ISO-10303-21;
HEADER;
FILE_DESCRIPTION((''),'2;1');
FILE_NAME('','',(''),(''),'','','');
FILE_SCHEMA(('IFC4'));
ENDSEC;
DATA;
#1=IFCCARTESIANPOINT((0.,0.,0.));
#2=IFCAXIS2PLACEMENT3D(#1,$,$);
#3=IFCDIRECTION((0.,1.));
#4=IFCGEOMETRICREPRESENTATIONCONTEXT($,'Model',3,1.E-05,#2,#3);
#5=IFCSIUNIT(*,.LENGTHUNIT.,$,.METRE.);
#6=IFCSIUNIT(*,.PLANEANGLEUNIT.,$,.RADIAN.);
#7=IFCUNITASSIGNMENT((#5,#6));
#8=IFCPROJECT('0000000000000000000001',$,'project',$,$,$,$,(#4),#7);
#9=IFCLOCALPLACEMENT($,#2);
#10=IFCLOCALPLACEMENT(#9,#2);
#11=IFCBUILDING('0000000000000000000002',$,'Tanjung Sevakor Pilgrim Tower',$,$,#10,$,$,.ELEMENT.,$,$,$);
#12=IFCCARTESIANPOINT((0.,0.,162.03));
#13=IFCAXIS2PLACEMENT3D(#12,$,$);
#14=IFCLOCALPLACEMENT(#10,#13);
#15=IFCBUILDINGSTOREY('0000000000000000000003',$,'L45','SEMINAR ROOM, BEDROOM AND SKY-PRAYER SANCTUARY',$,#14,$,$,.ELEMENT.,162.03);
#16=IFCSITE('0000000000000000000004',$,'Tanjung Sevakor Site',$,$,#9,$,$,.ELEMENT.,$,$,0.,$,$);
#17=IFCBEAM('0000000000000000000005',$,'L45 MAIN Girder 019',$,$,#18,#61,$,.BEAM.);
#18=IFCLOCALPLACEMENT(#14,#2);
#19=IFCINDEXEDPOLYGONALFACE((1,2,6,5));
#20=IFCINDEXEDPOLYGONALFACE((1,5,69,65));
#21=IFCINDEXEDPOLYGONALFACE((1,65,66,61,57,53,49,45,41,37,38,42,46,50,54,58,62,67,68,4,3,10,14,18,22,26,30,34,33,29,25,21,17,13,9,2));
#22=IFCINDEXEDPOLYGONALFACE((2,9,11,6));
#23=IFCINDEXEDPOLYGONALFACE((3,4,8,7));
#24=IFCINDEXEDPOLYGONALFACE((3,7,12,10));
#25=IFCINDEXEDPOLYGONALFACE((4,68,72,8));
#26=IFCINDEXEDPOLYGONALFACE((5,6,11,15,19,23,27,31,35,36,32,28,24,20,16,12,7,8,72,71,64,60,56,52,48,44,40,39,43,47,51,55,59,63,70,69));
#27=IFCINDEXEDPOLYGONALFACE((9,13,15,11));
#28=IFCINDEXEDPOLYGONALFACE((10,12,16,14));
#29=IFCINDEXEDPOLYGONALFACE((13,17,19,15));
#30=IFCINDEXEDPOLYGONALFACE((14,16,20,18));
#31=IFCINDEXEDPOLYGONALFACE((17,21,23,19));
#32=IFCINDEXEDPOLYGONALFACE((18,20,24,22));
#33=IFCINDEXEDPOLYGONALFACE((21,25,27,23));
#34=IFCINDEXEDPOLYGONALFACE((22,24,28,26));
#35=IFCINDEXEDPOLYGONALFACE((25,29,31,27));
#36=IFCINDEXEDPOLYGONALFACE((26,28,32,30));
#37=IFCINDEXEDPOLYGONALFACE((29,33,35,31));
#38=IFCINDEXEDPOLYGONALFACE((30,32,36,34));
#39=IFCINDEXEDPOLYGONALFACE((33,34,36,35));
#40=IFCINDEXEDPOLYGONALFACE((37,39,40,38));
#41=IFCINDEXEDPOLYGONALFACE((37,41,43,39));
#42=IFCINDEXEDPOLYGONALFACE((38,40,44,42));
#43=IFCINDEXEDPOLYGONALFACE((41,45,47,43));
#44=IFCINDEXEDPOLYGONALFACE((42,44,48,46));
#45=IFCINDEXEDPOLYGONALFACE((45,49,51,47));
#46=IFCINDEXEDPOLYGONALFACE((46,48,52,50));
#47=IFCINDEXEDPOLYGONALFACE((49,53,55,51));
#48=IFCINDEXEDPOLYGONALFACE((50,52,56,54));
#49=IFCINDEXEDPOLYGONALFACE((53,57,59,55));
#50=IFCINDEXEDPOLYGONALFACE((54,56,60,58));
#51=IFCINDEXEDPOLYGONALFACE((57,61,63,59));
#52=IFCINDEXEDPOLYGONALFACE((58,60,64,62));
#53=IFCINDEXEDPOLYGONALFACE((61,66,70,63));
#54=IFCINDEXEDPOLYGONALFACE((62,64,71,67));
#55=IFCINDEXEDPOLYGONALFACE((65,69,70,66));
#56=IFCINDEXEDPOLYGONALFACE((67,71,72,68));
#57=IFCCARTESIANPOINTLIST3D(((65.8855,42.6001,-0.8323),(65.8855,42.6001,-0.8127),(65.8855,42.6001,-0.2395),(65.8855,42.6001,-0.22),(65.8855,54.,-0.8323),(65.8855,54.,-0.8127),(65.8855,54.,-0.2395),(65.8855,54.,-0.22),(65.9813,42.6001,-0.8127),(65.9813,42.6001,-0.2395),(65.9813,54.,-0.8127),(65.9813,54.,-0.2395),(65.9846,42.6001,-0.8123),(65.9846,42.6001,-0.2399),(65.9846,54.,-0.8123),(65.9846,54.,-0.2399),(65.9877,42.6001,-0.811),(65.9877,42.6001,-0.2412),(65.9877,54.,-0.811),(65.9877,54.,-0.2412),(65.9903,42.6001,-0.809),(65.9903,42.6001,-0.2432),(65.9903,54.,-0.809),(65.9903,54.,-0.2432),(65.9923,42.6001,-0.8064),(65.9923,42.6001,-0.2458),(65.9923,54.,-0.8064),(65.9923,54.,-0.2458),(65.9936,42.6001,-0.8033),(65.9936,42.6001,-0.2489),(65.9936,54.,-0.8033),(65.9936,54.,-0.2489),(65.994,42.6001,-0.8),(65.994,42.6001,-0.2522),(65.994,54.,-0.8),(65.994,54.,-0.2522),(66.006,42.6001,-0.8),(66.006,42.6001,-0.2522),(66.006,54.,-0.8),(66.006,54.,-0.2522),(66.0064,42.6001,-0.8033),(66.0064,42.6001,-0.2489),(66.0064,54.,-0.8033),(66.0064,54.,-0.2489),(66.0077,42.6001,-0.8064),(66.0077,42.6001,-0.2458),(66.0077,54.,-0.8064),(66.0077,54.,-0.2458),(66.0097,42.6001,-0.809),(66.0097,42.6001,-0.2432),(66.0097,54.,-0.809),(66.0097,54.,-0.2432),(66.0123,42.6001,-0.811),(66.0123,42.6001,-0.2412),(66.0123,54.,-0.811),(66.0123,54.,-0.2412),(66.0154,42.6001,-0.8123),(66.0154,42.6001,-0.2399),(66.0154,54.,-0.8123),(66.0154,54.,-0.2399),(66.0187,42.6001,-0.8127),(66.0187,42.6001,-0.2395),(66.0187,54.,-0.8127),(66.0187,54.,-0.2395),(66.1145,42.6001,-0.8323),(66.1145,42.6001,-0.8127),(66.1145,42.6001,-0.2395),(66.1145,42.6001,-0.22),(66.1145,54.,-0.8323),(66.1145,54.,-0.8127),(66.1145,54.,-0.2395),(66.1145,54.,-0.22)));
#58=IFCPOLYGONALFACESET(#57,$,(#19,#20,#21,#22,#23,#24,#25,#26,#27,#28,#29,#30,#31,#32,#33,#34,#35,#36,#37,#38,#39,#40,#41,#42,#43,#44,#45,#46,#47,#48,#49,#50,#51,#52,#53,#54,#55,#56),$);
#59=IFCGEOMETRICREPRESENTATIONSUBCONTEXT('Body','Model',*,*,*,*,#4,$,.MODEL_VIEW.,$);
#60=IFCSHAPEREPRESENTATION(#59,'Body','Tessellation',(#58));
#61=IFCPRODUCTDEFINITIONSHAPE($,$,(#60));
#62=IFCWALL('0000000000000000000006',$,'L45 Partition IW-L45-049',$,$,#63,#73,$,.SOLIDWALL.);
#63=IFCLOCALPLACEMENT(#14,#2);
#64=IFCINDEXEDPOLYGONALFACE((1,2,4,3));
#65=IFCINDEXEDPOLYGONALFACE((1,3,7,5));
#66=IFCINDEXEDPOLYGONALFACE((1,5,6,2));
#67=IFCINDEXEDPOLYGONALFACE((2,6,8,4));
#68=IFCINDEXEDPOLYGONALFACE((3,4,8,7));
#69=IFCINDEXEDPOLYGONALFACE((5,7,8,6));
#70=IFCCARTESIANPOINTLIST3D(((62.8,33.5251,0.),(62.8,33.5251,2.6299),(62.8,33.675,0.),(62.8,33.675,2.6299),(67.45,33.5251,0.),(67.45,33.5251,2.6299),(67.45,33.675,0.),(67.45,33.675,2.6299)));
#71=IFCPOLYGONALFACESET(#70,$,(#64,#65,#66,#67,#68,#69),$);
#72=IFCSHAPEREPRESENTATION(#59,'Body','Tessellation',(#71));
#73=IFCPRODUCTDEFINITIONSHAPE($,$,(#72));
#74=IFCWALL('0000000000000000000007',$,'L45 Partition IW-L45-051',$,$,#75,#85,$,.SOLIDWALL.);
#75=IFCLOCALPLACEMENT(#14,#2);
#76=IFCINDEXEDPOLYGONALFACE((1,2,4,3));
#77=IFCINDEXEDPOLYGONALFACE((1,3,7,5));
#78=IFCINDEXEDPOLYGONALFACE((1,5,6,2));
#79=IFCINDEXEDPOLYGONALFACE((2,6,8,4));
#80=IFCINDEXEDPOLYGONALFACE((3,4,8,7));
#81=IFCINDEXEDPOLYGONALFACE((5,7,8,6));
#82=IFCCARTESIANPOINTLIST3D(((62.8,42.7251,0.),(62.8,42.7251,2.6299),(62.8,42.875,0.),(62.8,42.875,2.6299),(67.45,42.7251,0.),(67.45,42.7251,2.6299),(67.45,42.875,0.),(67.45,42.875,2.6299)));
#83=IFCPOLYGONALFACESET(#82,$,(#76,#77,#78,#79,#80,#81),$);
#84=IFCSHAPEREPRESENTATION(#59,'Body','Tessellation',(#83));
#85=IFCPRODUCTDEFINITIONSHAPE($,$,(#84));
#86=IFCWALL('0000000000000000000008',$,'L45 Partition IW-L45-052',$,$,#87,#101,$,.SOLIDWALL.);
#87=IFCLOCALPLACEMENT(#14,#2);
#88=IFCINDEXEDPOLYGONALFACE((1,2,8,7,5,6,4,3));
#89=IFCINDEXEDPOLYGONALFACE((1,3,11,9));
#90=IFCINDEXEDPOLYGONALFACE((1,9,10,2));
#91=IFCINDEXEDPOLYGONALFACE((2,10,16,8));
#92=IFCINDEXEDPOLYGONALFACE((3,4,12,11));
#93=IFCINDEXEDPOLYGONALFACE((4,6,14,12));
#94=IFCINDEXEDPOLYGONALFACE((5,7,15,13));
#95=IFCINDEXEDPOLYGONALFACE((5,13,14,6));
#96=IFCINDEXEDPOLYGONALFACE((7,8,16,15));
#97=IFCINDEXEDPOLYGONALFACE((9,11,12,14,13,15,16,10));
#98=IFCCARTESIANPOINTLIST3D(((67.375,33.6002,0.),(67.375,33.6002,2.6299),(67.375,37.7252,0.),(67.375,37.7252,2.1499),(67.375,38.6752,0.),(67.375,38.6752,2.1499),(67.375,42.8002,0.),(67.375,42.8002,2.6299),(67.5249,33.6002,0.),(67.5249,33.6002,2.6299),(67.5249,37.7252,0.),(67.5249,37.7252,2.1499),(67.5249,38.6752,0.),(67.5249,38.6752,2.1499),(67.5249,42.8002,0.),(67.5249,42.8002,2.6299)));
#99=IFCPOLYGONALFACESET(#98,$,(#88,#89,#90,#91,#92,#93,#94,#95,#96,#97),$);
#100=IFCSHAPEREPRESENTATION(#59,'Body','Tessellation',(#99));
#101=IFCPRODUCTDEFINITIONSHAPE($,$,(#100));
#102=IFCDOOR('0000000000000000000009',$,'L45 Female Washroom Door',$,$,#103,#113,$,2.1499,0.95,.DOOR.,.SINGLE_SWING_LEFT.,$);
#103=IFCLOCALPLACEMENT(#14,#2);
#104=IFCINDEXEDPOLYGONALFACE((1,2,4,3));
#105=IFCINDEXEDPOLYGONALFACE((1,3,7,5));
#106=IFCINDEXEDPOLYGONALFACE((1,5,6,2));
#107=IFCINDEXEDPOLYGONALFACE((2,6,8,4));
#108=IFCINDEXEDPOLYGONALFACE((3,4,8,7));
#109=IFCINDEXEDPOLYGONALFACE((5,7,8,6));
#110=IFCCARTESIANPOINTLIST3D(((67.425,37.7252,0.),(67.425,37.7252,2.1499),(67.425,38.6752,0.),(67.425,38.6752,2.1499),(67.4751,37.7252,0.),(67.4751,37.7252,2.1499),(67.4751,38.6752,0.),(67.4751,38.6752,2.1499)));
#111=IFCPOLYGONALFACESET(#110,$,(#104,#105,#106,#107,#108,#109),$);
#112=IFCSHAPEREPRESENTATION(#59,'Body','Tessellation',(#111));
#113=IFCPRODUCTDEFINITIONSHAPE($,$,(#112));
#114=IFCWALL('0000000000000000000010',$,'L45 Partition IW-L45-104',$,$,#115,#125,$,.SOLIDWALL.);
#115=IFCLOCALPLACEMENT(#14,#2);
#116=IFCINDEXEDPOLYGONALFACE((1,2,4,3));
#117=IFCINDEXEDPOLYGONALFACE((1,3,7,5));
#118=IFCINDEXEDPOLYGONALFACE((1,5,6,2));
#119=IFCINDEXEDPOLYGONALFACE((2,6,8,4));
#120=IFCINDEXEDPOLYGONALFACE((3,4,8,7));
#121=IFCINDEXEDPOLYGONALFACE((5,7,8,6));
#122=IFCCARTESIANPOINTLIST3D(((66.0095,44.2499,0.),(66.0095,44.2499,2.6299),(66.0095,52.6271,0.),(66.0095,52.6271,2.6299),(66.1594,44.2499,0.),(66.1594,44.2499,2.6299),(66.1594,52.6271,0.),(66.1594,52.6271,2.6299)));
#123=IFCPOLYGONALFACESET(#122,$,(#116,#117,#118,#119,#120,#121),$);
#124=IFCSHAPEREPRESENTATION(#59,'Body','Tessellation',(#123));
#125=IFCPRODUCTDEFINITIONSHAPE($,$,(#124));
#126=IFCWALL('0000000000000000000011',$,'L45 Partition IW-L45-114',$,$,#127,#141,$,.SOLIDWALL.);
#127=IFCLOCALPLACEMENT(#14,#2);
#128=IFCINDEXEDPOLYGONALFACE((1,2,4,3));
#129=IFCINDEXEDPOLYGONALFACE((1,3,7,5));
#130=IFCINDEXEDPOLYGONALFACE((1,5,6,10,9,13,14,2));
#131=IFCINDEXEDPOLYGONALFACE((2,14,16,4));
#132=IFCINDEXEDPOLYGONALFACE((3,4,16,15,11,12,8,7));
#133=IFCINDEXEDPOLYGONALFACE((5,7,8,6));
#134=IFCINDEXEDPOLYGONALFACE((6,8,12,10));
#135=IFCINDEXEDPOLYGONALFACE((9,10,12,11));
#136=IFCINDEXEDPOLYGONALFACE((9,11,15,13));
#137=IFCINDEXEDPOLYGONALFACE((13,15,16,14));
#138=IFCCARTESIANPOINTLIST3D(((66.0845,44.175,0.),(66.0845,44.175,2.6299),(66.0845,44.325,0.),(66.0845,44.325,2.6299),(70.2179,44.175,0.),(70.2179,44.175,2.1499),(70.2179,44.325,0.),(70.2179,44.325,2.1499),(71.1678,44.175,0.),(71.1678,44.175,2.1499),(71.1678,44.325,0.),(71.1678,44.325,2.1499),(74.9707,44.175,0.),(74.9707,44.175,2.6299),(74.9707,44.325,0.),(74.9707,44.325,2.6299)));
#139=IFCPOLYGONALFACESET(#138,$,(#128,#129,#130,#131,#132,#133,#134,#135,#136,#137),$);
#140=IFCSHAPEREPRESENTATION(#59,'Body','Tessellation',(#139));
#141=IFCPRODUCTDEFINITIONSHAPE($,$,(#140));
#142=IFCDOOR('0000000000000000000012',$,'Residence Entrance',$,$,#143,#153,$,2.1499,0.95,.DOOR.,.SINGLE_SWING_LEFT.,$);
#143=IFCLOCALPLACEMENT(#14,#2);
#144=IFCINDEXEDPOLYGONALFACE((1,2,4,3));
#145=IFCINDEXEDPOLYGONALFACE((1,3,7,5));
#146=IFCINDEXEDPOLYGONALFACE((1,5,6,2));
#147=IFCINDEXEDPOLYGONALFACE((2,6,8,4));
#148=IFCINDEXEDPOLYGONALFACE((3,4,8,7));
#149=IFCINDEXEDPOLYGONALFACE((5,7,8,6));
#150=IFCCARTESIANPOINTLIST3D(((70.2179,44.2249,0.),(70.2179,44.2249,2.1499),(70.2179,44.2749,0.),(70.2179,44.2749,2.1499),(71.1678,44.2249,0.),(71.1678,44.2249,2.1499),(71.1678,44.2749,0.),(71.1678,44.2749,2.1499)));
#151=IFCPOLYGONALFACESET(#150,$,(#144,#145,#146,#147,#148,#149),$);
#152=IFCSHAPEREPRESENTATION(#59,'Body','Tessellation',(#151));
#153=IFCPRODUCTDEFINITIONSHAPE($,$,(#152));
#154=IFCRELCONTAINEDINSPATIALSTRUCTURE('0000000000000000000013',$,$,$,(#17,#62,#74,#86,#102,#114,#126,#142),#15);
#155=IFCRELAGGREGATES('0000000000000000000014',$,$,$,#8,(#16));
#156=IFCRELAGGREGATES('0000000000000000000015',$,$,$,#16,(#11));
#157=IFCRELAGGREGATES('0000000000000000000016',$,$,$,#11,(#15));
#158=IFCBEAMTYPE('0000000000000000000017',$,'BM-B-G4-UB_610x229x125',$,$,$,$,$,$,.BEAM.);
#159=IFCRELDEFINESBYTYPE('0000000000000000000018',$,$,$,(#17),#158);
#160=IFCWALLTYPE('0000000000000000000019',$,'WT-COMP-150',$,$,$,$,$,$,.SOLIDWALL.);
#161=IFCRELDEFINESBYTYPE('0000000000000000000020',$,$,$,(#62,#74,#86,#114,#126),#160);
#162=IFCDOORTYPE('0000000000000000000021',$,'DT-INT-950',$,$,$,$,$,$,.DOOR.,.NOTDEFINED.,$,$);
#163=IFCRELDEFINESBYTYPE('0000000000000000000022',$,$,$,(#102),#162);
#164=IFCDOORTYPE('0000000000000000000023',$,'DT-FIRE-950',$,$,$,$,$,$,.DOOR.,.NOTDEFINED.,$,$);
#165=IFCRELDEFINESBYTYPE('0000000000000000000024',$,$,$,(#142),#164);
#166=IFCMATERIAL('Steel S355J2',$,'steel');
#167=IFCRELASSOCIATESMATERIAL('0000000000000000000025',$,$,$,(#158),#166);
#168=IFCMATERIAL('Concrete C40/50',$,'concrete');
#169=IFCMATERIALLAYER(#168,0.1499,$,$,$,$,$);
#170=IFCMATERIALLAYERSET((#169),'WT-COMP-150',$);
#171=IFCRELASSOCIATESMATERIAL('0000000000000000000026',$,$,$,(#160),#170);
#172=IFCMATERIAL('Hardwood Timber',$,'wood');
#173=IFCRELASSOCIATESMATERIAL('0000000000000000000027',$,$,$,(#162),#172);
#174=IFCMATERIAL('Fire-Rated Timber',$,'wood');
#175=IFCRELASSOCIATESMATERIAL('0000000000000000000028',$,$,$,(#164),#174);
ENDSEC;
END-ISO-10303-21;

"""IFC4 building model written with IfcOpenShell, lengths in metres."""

from ifc_helpers import new_model, si_unit, direction, frame, frame_2d, origin, origin_2d, place, context, subcontext, project, spatial, rectangle, i_section, extrude, material, layer, layer_set, material_profile, profile_set, type_object, element, fill, save


model = new_model("IFC4")

# Units and contexts
model_context = context("Model", 3, precision=1e-05, world=origin(), true_north=direction((0.0, 1.0)))
body_context = subcontext(model_context, "Body", "Model", "MODEL_VIEW")
ifc_project = project(units=[si_unit("LENGTHUNIT", "METRE"), si_unit("PLANEANGLEUNIT", "RADIAN")], contexts=[model_context])

# Site, building, storey
site_placement = place(None, origin())
site = spatial("IfcSite", under=ifc_project, at=site_placement, Name="Tanjung Sevakor Site", CompositionType="ELEMENT", RefElevation=0.0)
building_placement = place(site_placement, origin())
building = spatial("IfcBuilding", under=site, at=building_placement, Name="Tanjung Sevakor Pilgrim Tower", CompositionType="ELEMENT")
storey_placement = place(building_placement, frame((0.0, 0.0, 162.03)))
storey = spatial("IfcBuildingStorey", under=building, at=storey_placement, Name="L45", Description="SEMINAR ROOM, BEDROOM AND SKY-PRAYER SANCTUARY", CompositionType="ELEMENT", Elevation=162.03)

# Beam
ifc_material_1 = material(Name="Steel S355J2", Category="steel")
ifc_material_profile_1 = material_profile(ifc_material_1, i_section(OverallWidth=0.229, OverallDepth=0.6123, WebThickness=0.012, FlangeThickness=0.0195, FilletRadius=0.0127, at=origin_2d()))
ifc_profile_set_1 = profile_set([ifc_material_profile_1], Name="Steel S355J2")
beam_type_1 = type_object("IfcBeamType", Name="BM-B-G4-UB_610x229x125", PredefinedType="BEAM", material=ifc_profile_set_1)
for number, where, z_axis, x_axis, name in (
    (1, (66.0, 42.6001, -0.5261), (0.0, 1.0, 0.0), (-1.0, 0.0, 0.0), "L45 MAIN Girder 019"),
):
    element("IfcBeam", number, at=place(storey_placement, frame(where, z_axis=z_axis, x_axis=x_axis)), inside=storey, type_object=beam_type_1, Name=name, PredefinedType="BEAM", context=body_context, shape_type="SweptSolid", body=[
        extrude(i_section(OverallWidth=0.229, OverallDepth=0.6123, WebThickness=0.012, FlangeThickness=0.0195, FilletRadius=0.0127, at=origin_2d()), origin(), (0.0, 0.0, 1.0), 11.3999),
    ])

# Walls
ifc_material_2 = material(Name="Concrete C40/50", Category="concrete")
ifc_layer_1 = layer(ifc_material_2, 0.1499)
ifc_layer_set_1 = layer_set([ifc_layer_1], Name="WT-COMP-150")
wall_type_1 = type_object("IfcWallType", Name="WT-COMP-150", PredefinedType="SOLIDWALL", material=ifc_layer_set_1)
for number, where, z_axis, x_axis, name in (
    (2, (62.8, 33.6001, 0.0), (0.0, 0.0, 1.0), (1.0, 0.0, 0.0), "L45 Partition IW-L45-049"),
    (3, (62.8, 42.8, 0.0), (0.0, 0.0, 1.0), (1.0, 0.0, 0.0), "L45 Partition IW-L45-051"),
):
    element("IfcWall", number, at=place(storey_placement, frame(where, z_axis=z_axis, x_axis=x_axis)), inside=storey, type_object=wall_type_1, Name=name, PredefinedType="SOLIDWALL", context=body_context, shape_type="SweptSolid", body=[
        extrude(rectangle(XDim=4.6499, YDim=0.1499, at=frame_2d((2.325, 0.0))), origin(), (0.0, 0.0, 1.0), 2.6299),
    ])

# Wall, opening, door
wall_1_placement = place(storey_placement, frame((67.45, 33.6001, 0.0), z_axis=(0.0, 0.0, 1.0), x_axis=(0.0, 1.0, 0.0)))
wall_1 = element("IfcWall", 4, at=wall_1_placement, inside=storey, type_object=wall_type_1, Name="L45 Partition IW-L45-052", PredefinedType="SOLIDWALL", context=body_context, shape_type="SweptSolid", body=[
    extrude(rectangle(XDim=9.2, YDim=0.1499, at=frame_2d((4.6001, 0.0))), origin(), (0.0, 0.0, 1.0), 2.6299),
])
opening_1_placement = place(wall_1_placement, frame((4.125, 0.0, 0.0)))
opening_1 = element("IfcOpeningElement", 5, at=opening_1_placement, cuts=wall_1, PredefinedType="OPENING", context=body_context, shape_type="SweptSolid", body=[
    extrude(rectangle(XDim=0.95, YDim=2.1499, at=frame_2d((0.4751, 1.075))), frame((0.0, 0.085, 0.0), z_axis=(0.0, -1.0, 0.0), x_axis=(1.0, 0.0, 0.0)), (0.0, 0.0, 1.0), 0.1699),
])
ifc_material_3 = material(Name="Hardwood Timber", Category="wood")
door_type_1 = type_object("IfcDoorType", Name="DT-INT-950", OperationType="NOTDEFINED", PredefinedType="DOOR", material=ifc_material_3)
door_1_placement = place(opening_1_placement, origin())
door_1 = element("IfcDoor", 6, at=door_1_placement, inside=storey, type_object=door_type_1, Name="L45 Female Washroom Door", OperationType="SINGLE_SWING_LEFT", OverallHeight=2.1499, OverallWidth=0.95, PredefinedType="DOOR", context=body_context, shape_type="SweptSolid", body=[
    extrude(rectangle(XDim=0.95, YDim=2.1499, at=frame_2d((0.4751, 1.075))), frame((0.0, 0.0249, 0.0), z_axis=(0.0, -1.0, 0.0), x_axis=(1.0, 0.0, 0.0)), (0.0, 0.0, 1.0), 0.05),
])
fill(opening_1, door_1)

# Wall
wall_2_placement = place(storey_placement, frame((66.0845, 44.25, 0.0), z_axis=(0.0, 0.0, 1.0), x_axis=(0.0, 1.0, 0.0)))
element("IfcWall", 7, at=wall_2_placement, inside=storey, type_object=wall_type_1, Name="L45 Partition IW-L45-104", PredefinedType="SOLIDWALL", context=body_context, shape_type="SweptSolid", body=[
    extrude(rectangle(XDim=8.3772, YDim=0.1499, at=frame_2d((4.1885, 0.0))), origin(), (0.0, 0.0, 1.0), 2.6299),
])

# Wall, opening, door
wall_3_placement = place(storey_placement, frame((66.0845, 44.25, 0.0), z_axis=(0.0, 0.0, 1.0), x_axis=(1.0, 0.0, 0.0)))
wall_3 = element("IfcWall", 8, at=wall_3_placement, inside=storey, type_object=wall_type_1, Name="L45 Partition IW-L45-114", PredefinedType="SOLIDWALL", context=body_context, shape_type="SweptSolid", body=[
    extrude(rectangle(XDim=8.8862, YDim=0.1499, at=frame_2d((4.4431, 0.0))), origin(), (0.0, 0.0, 1.0), 2.6299),
])
opening_2_placement = place(wall_3_placement, frame((4.1333, 0.0, 0.0)))
opening_2 = element("IfcOpeningElement", 9, at=opening_2_placement, cuts=wall_3, PredefinedType="OPENING", context=body_context, shape_type="SweptSolid", body=[
    extrude(rectangle(XDim=0.95, YDim=2.1499, at=frame_2d((0.4751, 1.075))), frame((0.0, 0.085, 0.0), z_axis=(0.0, -1.0, 0.0), x_axis=(1.0, 0.0, 0.0)), (0.0, 0.0, 1.0), 0.1699),
])
ifc_material_4 = material(Name="Fire-Rated Timber", Category="wood")
door_type_2 = type_object("IfcDoorType", Name="DT-FIRE-950", OperationType="NOTDEFINED", PredefinedType="DOOR", material=ifc_material_4)
door_2_placement = place(opening_2_placement, origin())
door_2 = element("IfcDoor", 10, at=door_2_placement, inside=storey, type_object=door_type_2, Name="Residence Entrance", OperationType="SINGLE_SWING_LEFT", OverallHeight=2.1499, OverallWidth=0.95, PredefinedType="DOOR", context=body_context, shape_type="SweptSolid", body=[
    extrude(rectangle(XDim=0.95, YDim=2.1499, at=frame_2d((0.4751, 1.075))), frame((0.0, 0.0249, 0.0), z_axis=(0.0, -1.0, 0.0), x_axis=(1.0, 0.0, 0.0)), (0.0, 0.0, 1.0), 0.05),
])
fill(opening_2, door_2)

save(model, "model.ifc")
